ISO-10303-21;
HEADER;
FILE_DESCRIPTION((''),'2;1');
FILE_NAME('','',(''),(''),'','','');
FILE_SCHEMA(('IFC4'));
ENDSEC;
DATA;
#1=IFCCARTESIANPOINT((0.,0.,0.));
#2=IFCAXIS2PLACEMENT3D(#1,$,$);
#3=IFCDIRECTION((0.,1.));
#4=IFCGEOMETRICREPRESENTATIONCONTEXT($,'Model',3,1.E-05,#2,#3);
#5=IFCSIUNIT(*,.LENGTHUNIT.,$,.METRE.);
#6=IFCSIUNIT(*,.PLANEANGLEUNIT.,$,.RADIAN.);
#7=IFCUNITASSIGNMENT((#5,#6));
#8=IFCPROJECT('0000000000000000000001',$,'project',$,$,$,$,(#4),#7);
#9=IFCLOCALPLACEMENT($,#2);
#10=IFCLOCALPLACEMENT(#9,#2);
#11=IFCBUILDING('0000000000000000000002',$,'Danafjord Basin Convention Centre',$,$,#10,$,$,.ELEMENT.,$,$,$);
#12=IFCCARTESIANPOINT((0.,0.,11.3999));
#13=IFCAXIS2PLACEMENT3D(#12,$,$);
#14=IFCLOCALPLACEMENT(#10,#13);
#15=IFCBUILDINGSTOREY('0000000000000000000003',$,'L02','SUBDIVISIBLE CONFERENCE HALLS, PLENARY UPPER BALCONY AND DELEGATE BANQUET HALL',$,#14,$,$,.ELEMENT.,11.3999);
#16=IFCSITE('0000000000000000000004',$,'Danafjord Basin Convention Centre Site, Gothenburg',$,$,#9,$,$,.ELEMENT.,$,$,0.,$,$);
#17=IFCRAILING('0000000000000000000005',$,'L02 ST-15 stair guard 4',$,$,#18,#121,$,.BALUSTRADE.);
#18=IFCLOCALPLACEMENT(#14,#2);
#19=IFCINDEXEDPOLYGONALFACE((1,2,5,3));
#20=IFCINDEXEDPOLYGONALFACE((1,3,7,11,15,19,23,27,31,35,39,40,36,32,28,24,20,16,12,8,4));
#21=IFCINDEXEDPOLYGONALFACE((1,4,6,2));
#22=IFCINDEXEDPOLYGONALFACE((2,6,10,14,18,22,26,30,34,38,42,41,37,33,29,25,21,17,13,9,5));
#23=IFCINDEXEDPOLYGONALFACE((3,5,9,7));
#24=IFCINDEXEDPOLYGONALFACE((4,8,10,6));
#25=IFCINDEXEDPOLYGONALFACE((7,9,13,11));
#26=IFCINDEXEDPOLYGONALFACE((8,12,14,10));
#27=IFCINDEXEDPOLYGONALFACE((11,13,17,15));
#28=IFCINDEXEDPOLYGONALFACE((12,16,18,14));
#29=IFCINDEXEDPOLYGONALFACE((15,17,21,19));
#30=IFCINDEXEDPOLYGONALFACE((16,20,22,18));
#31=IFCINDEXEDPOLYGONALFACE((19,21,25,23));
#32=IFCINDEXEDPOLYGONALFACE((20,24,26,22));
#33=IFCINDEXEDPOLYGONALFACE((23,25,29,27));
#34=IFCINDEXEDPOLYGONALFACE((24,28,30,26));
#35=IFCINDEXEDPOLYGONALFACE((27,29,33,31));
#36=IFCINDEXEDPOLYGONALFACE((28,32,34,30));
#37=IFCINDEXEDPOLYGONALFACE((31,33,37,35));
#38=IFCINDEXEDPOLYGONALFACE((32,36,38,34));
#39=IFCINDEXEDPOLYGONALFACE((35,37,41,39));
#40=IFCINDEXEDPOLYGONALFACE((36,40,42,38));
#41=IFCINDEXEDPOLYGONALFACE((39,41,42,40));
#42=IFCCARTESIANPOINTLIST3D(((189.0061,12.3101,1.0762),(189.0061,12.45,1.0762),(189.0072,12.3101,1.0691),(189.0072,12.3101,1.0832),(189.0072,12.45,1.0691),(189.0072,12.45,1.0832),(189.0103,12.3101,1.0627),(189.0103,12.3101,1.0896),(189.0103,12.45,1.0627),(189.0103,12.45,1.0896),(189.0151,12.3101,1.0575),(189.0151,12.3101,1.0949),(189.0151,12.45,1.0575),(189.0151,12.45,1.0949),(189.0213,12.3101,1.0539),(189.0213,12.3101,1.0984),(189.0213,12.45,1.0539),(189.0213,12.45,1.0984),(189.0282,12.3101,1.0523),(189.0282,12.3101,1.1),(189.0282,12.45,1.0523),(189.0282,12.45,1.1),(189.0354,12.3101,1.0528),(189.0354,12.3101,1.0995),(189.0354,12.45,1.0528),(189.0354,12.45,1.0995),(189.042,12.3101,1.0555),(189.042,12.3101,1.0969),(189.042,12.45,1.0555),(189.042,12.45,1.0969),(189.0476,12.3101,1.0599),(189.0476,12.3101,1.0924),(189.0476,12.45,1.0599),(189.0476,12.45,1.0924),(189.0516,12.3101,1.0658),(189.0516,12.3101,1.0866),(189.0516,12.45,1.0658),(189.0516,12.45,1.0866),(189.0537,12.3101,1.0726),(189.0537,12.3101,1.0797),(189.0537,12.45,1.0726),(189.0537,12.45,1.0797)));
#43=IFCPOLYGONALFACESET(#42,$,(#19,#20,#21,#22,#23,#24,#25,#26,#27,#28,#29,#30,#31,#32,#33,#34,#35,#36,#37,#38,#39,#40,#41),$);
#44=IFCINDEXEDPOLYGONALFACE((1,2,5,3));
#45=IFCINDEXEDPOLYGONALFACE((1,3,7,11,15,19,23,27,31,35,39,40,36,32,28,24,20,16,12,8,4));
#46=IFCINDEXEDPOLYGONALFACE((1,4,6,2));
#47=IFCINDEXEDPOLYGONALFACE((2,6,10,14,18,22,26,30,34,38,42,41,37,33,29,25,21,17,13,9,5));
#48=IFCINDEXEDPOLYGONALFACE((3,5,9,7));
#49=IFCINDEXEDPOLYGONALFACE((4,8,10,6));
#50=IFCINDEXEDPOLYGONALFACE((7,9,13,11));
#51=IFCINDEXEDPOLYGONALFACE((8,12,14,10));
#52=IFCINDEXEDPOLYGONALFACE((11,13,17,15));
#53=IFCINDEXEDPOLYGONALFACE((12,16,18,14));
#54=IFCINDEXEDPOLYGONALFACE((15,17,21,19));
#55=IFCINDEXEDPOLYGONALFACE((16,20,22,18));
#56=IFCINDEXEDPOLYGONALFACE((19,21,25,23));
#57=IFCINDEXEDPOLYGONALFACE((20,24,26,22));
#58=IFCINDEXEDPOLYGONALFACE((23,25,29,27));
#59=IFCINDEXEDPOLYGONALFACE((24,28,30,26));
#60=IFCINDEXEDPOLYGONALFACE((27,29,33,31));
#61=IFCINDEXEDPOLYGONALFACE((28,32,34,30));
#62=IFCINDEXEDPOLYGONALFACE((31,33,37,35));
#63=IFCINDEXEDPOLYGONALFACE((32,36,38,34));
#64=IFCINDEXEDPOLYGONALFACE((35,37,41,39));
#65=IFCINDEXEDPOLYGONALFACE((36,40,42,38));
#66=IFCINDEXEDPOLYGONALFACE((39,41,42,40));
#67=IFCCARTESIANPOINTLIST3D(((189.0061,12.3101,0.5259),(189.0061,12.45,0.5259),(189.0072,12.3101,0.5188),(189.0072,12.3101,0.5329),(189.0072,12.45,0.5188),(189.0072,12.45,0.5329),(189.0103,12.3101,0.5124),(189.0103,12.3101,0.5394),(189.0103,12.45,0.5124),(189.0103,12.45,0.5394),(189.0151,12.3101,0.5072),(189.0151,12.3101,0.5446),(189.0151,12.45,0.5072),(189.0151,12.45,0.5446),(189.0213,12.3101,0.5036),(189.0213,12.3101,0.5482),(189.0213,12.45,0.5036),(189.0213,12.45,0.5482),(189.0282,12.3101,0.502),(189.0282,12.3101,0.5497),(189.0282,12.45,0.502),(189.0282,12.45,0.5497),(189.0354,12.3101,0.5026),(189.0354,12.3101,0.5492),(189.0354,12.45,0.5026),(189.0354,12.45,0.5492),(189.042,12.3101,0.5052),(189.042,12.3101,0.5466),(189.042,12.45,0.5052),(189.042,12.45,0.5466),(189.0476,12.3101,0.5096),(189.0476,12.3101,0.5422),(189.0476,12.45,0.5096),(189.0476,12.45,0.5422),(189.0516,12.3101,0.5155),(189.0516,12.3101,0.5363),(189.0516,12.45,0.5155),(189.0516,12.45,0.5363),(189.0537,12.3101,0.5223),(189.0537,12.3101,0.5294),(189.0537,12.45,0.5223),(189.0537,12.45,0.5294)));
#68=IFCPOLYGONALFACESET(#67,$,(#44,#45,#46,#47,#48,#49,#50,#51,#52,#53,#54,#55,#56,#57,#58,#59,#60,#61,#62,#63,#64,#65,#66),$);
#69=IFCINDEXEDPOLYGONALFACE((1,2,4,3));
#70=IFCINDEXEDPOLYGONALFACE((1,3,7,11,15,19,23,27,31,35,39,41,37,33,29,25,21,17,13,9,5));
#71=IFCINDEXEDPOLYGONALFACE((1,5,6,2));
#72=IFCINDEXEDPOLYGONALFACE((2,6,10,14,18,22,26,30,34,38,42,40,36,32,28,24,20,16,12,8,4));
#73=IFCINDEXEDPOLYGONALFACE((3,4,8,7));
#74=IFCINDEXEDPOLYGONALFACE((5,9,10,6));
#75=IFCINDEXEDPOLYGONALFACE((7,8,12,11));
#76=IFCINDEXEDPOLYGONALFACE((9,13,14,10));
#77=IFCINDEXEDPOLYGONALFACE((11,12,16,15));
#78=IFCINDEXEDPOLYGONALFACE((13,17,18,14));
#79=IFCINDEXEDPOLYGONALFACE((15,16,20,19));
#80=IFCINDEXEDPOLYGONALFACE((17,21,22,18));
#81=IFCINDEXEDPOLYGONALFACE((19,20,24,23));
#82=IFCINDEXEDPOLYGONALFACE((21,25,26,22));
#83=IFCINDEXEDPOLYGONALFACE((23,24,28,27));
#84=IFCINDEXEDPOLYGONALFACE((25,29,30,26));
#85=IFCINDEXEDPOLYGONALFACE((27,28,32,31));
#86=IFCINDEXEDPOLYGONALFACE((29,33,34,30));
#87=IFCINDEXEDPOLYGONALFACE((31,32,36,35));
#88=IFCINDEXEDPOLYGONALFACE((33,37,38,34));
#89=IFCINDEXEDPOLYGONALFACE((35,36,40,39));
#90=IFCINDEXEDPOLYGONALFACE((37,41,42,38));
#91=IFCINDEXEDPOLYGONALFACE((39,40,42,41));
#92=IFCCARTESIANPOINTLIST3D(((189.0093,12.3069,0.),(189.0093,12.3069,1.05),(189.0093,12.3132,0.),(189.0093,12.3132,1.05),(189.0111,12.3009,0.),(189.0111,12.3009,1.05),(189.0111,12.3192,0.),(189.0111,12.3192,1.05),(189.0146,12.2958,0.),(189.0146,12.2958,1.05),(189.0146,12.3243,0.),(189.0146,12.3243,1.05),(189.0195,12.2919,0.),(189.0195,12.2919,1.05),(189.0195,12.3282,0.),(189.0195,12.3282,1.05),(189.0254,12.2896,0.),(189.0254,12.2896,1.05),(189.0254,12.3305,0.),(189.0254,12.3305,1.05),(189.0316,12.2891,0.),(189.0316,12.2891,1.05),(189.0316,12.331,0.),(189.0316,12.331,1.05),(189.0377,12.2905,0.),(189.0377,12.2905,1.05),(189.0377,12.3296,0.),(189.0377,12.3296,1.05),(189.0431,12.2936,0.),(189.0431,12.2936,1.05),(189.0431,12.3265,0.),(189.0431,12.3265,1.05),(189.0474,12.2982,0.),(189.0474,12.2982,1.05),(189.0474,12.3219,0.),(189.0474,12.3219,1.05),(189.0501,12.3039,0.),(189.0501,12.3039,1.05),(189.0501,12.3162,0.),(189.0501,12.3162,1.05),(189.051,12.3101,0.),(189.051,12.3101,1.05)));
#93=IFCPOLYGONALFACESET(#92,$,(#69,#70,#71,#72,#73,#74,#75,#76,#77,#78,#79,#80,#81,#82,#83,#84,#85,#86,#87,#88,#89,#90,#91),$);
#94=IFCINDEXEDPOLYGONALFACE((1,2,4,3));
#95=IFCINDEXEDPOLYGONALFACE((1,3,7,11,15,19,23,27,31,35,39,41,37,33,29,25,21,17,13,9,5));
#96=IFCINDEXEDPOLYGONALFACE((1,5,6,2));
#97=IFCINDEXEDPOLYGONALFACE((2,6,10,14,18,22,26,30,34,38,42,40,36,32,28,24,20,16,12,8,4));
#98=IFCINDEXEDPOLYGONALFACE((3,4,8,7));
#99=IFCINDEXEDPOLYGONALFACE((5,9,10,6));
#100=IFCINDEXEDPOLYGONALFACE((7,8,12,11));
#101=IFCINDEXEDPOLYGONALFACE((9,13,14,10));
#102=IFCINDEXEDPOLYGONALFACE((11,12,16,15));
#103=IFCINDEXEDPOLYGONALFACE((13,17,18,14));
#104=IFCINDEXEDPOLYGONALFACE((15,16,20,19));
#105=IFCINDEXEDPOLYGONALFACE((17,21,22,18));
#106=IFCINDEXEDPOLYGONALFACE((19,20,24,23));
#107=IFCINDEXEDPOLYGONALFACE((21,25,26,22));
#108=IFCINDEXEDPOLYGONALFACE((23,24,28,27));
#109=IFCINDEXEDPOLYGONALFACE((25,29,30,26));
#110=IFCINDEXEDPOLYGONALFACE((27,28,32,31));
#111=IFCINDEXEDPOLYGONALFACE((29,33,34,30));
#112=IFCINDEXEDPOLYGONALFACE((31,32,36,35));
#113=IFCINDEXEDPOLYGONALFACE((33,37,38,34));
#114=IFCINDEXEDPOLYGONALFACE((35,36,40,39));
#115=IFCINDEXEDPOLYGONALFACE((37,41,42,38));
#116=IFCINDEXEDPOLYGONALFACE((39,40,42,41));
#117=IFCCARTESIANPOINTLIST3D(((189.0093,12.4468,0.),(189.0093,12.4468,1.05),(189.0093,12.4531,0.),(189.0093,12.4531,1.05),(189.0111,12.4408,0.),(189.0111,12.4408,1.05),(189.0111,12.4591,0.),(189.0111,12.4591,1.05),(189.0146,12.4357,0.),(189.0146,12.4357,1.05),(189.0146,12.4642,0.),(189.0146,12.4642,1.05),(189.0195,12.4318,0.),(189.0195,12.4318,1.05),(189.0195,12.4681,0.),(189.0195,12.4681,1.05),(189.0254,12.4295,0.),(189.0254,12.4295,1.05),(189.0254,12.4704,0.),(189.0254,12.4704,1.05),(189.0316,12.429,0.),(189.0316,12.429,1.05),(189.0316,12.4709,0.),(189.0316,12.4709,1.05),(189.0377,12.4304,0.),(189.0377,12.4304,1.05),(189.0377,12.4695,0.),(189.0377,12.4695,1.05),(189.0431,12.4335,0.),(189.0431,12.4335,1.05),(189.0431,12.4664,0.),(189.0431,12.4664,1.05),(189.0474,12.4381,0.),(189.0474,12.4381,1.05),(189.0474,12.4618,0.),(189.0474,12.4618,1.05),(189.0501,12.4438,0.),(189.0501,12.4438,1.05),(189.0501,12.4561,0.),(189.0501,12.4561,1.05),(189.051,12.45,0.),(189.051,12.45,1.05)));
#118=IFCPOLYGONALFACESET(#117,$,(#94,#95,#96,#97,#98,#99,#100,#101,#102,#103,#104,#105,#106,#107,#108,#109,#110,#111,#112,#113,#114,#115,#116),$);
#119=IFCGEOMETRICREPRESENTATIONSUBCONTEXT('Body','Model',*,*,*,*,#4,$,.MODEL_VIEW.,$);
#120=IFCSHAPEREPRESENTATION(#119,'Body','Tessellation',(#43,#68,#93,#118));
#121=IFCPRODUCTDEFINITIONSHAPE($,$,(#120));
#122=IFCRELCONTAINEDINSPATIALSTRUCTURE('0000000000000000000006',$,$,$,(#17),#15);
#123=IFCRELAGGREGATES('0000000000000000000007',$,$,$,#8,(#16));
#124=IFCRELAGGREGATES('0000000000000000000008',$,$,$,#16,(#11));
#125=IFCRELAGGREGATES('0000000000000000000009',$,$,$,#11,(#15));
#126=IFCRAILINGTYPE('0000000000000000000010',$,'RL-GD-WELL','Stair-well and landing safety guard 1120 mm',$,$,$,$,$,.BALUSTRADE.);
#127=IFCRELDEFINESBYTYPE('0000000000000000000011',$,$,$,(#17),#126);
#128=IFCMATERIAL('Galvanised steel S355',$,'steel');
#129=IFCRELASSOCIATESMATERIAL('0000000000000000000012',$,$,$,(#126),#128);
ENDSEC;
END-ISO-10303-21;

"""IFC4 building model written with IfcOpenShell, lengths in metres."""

from ifc_helpers import new_model, si_unit, direction, frame, origin, origin_2d, place, context, subcontext, project, spatial, circle, extrude, material, type_object, element, save


model = new_model("IFC4")

# Units and contexts
model_context = context("Model", 3, precision=1e-05, world=origin(), true_north=direction((0.0, 1.0)))
body_context = subcontext(model_context, "Body", "Model", "MODEL_VIEW")
ifc_project = project(units=[si_unit("LENGTHUNIT", "METRE"), si_unit("PLANEANGLEUNIT", "RADIAN")], contexts=[model_context])

# Site, building, storey
site_placement = place(None, origin())
site = spatial("IfcSite", under=ifc_project, at=site_placement, Name="Danafjord Basin Convention Centre Site, Gothenburg", CompositionType="ELEMENT", RefElevation=0.0)
building_placement = place(site_placement, origin())
building = spatial("IfcBuilding", under=site, at=building_placement, Name="Danafjord Basin Convention Centre", CompositionType="ELEMENT")
storey_placement = place(building_placement, frame((0.0, 0.0, 11.3999)))
storey = spatial("IfcBuildingStorey", under=building, at=storey_placement, Name="L02", Description="SUBDIVISIBLE CONFERENCE HALLS, PLENARY UPPER BALCONY AND DELEGATE BANQUET HALL", CompositionType="ELEMENT", Elevation=11.3999)

# Railing
ifc_material_1 = material(Name="Galvanised steel S355", Category="steel")
railing_type_1 = type_object("IfcRailingType", Name="RL-GD-WELL", Description="Stair-well and landing safety guard 1120 mm", PredefinedType="BALUSTRADE", material=ifc_material_1)
railing_1_placement = place(storey_placement, frame((189.03, 12.3101, 0.0)))
element("IfcRailing", 1, at=railing_1_placement, inside=storey, type_object=railing_type_1, Name="L02 ST-15 stair guard 4", PredefinedType="BALUSTRADE", context=body_context, shape_type="SweptSolid", body=[
    extrude(circle(Radius=0.0239, at=origin_2d()), frame((0.0, 0.0, 1.0762), z_axis=(0.0, 1.0, 0.0), x_axis=(-1.0, 0.0, 0.0)), (0.0, 0.0, 1.0), 0.1399),
    extrude(circle(Radius=0.0239, at=origin_2d()), frame((0.0, 0.0, 0.5259), z_axis=(0.0, 1.0, 0.0), x_axis=(-1.0, 0.0, 0.0)), (0.0, 0.0, 1.0), 0.1399),
    extrude(circle(Radius=0.021, at=origin_2d()), origin(), (0.0, 0.0, 1.0), 1.05),
    extrude(circle(Radius=0.021, at=origin_2d()), frame((0.0, 0.1399, 0.0)), (0.0, 0.0, 1.0), 1.05),
])

save(model, "model.ifc")
